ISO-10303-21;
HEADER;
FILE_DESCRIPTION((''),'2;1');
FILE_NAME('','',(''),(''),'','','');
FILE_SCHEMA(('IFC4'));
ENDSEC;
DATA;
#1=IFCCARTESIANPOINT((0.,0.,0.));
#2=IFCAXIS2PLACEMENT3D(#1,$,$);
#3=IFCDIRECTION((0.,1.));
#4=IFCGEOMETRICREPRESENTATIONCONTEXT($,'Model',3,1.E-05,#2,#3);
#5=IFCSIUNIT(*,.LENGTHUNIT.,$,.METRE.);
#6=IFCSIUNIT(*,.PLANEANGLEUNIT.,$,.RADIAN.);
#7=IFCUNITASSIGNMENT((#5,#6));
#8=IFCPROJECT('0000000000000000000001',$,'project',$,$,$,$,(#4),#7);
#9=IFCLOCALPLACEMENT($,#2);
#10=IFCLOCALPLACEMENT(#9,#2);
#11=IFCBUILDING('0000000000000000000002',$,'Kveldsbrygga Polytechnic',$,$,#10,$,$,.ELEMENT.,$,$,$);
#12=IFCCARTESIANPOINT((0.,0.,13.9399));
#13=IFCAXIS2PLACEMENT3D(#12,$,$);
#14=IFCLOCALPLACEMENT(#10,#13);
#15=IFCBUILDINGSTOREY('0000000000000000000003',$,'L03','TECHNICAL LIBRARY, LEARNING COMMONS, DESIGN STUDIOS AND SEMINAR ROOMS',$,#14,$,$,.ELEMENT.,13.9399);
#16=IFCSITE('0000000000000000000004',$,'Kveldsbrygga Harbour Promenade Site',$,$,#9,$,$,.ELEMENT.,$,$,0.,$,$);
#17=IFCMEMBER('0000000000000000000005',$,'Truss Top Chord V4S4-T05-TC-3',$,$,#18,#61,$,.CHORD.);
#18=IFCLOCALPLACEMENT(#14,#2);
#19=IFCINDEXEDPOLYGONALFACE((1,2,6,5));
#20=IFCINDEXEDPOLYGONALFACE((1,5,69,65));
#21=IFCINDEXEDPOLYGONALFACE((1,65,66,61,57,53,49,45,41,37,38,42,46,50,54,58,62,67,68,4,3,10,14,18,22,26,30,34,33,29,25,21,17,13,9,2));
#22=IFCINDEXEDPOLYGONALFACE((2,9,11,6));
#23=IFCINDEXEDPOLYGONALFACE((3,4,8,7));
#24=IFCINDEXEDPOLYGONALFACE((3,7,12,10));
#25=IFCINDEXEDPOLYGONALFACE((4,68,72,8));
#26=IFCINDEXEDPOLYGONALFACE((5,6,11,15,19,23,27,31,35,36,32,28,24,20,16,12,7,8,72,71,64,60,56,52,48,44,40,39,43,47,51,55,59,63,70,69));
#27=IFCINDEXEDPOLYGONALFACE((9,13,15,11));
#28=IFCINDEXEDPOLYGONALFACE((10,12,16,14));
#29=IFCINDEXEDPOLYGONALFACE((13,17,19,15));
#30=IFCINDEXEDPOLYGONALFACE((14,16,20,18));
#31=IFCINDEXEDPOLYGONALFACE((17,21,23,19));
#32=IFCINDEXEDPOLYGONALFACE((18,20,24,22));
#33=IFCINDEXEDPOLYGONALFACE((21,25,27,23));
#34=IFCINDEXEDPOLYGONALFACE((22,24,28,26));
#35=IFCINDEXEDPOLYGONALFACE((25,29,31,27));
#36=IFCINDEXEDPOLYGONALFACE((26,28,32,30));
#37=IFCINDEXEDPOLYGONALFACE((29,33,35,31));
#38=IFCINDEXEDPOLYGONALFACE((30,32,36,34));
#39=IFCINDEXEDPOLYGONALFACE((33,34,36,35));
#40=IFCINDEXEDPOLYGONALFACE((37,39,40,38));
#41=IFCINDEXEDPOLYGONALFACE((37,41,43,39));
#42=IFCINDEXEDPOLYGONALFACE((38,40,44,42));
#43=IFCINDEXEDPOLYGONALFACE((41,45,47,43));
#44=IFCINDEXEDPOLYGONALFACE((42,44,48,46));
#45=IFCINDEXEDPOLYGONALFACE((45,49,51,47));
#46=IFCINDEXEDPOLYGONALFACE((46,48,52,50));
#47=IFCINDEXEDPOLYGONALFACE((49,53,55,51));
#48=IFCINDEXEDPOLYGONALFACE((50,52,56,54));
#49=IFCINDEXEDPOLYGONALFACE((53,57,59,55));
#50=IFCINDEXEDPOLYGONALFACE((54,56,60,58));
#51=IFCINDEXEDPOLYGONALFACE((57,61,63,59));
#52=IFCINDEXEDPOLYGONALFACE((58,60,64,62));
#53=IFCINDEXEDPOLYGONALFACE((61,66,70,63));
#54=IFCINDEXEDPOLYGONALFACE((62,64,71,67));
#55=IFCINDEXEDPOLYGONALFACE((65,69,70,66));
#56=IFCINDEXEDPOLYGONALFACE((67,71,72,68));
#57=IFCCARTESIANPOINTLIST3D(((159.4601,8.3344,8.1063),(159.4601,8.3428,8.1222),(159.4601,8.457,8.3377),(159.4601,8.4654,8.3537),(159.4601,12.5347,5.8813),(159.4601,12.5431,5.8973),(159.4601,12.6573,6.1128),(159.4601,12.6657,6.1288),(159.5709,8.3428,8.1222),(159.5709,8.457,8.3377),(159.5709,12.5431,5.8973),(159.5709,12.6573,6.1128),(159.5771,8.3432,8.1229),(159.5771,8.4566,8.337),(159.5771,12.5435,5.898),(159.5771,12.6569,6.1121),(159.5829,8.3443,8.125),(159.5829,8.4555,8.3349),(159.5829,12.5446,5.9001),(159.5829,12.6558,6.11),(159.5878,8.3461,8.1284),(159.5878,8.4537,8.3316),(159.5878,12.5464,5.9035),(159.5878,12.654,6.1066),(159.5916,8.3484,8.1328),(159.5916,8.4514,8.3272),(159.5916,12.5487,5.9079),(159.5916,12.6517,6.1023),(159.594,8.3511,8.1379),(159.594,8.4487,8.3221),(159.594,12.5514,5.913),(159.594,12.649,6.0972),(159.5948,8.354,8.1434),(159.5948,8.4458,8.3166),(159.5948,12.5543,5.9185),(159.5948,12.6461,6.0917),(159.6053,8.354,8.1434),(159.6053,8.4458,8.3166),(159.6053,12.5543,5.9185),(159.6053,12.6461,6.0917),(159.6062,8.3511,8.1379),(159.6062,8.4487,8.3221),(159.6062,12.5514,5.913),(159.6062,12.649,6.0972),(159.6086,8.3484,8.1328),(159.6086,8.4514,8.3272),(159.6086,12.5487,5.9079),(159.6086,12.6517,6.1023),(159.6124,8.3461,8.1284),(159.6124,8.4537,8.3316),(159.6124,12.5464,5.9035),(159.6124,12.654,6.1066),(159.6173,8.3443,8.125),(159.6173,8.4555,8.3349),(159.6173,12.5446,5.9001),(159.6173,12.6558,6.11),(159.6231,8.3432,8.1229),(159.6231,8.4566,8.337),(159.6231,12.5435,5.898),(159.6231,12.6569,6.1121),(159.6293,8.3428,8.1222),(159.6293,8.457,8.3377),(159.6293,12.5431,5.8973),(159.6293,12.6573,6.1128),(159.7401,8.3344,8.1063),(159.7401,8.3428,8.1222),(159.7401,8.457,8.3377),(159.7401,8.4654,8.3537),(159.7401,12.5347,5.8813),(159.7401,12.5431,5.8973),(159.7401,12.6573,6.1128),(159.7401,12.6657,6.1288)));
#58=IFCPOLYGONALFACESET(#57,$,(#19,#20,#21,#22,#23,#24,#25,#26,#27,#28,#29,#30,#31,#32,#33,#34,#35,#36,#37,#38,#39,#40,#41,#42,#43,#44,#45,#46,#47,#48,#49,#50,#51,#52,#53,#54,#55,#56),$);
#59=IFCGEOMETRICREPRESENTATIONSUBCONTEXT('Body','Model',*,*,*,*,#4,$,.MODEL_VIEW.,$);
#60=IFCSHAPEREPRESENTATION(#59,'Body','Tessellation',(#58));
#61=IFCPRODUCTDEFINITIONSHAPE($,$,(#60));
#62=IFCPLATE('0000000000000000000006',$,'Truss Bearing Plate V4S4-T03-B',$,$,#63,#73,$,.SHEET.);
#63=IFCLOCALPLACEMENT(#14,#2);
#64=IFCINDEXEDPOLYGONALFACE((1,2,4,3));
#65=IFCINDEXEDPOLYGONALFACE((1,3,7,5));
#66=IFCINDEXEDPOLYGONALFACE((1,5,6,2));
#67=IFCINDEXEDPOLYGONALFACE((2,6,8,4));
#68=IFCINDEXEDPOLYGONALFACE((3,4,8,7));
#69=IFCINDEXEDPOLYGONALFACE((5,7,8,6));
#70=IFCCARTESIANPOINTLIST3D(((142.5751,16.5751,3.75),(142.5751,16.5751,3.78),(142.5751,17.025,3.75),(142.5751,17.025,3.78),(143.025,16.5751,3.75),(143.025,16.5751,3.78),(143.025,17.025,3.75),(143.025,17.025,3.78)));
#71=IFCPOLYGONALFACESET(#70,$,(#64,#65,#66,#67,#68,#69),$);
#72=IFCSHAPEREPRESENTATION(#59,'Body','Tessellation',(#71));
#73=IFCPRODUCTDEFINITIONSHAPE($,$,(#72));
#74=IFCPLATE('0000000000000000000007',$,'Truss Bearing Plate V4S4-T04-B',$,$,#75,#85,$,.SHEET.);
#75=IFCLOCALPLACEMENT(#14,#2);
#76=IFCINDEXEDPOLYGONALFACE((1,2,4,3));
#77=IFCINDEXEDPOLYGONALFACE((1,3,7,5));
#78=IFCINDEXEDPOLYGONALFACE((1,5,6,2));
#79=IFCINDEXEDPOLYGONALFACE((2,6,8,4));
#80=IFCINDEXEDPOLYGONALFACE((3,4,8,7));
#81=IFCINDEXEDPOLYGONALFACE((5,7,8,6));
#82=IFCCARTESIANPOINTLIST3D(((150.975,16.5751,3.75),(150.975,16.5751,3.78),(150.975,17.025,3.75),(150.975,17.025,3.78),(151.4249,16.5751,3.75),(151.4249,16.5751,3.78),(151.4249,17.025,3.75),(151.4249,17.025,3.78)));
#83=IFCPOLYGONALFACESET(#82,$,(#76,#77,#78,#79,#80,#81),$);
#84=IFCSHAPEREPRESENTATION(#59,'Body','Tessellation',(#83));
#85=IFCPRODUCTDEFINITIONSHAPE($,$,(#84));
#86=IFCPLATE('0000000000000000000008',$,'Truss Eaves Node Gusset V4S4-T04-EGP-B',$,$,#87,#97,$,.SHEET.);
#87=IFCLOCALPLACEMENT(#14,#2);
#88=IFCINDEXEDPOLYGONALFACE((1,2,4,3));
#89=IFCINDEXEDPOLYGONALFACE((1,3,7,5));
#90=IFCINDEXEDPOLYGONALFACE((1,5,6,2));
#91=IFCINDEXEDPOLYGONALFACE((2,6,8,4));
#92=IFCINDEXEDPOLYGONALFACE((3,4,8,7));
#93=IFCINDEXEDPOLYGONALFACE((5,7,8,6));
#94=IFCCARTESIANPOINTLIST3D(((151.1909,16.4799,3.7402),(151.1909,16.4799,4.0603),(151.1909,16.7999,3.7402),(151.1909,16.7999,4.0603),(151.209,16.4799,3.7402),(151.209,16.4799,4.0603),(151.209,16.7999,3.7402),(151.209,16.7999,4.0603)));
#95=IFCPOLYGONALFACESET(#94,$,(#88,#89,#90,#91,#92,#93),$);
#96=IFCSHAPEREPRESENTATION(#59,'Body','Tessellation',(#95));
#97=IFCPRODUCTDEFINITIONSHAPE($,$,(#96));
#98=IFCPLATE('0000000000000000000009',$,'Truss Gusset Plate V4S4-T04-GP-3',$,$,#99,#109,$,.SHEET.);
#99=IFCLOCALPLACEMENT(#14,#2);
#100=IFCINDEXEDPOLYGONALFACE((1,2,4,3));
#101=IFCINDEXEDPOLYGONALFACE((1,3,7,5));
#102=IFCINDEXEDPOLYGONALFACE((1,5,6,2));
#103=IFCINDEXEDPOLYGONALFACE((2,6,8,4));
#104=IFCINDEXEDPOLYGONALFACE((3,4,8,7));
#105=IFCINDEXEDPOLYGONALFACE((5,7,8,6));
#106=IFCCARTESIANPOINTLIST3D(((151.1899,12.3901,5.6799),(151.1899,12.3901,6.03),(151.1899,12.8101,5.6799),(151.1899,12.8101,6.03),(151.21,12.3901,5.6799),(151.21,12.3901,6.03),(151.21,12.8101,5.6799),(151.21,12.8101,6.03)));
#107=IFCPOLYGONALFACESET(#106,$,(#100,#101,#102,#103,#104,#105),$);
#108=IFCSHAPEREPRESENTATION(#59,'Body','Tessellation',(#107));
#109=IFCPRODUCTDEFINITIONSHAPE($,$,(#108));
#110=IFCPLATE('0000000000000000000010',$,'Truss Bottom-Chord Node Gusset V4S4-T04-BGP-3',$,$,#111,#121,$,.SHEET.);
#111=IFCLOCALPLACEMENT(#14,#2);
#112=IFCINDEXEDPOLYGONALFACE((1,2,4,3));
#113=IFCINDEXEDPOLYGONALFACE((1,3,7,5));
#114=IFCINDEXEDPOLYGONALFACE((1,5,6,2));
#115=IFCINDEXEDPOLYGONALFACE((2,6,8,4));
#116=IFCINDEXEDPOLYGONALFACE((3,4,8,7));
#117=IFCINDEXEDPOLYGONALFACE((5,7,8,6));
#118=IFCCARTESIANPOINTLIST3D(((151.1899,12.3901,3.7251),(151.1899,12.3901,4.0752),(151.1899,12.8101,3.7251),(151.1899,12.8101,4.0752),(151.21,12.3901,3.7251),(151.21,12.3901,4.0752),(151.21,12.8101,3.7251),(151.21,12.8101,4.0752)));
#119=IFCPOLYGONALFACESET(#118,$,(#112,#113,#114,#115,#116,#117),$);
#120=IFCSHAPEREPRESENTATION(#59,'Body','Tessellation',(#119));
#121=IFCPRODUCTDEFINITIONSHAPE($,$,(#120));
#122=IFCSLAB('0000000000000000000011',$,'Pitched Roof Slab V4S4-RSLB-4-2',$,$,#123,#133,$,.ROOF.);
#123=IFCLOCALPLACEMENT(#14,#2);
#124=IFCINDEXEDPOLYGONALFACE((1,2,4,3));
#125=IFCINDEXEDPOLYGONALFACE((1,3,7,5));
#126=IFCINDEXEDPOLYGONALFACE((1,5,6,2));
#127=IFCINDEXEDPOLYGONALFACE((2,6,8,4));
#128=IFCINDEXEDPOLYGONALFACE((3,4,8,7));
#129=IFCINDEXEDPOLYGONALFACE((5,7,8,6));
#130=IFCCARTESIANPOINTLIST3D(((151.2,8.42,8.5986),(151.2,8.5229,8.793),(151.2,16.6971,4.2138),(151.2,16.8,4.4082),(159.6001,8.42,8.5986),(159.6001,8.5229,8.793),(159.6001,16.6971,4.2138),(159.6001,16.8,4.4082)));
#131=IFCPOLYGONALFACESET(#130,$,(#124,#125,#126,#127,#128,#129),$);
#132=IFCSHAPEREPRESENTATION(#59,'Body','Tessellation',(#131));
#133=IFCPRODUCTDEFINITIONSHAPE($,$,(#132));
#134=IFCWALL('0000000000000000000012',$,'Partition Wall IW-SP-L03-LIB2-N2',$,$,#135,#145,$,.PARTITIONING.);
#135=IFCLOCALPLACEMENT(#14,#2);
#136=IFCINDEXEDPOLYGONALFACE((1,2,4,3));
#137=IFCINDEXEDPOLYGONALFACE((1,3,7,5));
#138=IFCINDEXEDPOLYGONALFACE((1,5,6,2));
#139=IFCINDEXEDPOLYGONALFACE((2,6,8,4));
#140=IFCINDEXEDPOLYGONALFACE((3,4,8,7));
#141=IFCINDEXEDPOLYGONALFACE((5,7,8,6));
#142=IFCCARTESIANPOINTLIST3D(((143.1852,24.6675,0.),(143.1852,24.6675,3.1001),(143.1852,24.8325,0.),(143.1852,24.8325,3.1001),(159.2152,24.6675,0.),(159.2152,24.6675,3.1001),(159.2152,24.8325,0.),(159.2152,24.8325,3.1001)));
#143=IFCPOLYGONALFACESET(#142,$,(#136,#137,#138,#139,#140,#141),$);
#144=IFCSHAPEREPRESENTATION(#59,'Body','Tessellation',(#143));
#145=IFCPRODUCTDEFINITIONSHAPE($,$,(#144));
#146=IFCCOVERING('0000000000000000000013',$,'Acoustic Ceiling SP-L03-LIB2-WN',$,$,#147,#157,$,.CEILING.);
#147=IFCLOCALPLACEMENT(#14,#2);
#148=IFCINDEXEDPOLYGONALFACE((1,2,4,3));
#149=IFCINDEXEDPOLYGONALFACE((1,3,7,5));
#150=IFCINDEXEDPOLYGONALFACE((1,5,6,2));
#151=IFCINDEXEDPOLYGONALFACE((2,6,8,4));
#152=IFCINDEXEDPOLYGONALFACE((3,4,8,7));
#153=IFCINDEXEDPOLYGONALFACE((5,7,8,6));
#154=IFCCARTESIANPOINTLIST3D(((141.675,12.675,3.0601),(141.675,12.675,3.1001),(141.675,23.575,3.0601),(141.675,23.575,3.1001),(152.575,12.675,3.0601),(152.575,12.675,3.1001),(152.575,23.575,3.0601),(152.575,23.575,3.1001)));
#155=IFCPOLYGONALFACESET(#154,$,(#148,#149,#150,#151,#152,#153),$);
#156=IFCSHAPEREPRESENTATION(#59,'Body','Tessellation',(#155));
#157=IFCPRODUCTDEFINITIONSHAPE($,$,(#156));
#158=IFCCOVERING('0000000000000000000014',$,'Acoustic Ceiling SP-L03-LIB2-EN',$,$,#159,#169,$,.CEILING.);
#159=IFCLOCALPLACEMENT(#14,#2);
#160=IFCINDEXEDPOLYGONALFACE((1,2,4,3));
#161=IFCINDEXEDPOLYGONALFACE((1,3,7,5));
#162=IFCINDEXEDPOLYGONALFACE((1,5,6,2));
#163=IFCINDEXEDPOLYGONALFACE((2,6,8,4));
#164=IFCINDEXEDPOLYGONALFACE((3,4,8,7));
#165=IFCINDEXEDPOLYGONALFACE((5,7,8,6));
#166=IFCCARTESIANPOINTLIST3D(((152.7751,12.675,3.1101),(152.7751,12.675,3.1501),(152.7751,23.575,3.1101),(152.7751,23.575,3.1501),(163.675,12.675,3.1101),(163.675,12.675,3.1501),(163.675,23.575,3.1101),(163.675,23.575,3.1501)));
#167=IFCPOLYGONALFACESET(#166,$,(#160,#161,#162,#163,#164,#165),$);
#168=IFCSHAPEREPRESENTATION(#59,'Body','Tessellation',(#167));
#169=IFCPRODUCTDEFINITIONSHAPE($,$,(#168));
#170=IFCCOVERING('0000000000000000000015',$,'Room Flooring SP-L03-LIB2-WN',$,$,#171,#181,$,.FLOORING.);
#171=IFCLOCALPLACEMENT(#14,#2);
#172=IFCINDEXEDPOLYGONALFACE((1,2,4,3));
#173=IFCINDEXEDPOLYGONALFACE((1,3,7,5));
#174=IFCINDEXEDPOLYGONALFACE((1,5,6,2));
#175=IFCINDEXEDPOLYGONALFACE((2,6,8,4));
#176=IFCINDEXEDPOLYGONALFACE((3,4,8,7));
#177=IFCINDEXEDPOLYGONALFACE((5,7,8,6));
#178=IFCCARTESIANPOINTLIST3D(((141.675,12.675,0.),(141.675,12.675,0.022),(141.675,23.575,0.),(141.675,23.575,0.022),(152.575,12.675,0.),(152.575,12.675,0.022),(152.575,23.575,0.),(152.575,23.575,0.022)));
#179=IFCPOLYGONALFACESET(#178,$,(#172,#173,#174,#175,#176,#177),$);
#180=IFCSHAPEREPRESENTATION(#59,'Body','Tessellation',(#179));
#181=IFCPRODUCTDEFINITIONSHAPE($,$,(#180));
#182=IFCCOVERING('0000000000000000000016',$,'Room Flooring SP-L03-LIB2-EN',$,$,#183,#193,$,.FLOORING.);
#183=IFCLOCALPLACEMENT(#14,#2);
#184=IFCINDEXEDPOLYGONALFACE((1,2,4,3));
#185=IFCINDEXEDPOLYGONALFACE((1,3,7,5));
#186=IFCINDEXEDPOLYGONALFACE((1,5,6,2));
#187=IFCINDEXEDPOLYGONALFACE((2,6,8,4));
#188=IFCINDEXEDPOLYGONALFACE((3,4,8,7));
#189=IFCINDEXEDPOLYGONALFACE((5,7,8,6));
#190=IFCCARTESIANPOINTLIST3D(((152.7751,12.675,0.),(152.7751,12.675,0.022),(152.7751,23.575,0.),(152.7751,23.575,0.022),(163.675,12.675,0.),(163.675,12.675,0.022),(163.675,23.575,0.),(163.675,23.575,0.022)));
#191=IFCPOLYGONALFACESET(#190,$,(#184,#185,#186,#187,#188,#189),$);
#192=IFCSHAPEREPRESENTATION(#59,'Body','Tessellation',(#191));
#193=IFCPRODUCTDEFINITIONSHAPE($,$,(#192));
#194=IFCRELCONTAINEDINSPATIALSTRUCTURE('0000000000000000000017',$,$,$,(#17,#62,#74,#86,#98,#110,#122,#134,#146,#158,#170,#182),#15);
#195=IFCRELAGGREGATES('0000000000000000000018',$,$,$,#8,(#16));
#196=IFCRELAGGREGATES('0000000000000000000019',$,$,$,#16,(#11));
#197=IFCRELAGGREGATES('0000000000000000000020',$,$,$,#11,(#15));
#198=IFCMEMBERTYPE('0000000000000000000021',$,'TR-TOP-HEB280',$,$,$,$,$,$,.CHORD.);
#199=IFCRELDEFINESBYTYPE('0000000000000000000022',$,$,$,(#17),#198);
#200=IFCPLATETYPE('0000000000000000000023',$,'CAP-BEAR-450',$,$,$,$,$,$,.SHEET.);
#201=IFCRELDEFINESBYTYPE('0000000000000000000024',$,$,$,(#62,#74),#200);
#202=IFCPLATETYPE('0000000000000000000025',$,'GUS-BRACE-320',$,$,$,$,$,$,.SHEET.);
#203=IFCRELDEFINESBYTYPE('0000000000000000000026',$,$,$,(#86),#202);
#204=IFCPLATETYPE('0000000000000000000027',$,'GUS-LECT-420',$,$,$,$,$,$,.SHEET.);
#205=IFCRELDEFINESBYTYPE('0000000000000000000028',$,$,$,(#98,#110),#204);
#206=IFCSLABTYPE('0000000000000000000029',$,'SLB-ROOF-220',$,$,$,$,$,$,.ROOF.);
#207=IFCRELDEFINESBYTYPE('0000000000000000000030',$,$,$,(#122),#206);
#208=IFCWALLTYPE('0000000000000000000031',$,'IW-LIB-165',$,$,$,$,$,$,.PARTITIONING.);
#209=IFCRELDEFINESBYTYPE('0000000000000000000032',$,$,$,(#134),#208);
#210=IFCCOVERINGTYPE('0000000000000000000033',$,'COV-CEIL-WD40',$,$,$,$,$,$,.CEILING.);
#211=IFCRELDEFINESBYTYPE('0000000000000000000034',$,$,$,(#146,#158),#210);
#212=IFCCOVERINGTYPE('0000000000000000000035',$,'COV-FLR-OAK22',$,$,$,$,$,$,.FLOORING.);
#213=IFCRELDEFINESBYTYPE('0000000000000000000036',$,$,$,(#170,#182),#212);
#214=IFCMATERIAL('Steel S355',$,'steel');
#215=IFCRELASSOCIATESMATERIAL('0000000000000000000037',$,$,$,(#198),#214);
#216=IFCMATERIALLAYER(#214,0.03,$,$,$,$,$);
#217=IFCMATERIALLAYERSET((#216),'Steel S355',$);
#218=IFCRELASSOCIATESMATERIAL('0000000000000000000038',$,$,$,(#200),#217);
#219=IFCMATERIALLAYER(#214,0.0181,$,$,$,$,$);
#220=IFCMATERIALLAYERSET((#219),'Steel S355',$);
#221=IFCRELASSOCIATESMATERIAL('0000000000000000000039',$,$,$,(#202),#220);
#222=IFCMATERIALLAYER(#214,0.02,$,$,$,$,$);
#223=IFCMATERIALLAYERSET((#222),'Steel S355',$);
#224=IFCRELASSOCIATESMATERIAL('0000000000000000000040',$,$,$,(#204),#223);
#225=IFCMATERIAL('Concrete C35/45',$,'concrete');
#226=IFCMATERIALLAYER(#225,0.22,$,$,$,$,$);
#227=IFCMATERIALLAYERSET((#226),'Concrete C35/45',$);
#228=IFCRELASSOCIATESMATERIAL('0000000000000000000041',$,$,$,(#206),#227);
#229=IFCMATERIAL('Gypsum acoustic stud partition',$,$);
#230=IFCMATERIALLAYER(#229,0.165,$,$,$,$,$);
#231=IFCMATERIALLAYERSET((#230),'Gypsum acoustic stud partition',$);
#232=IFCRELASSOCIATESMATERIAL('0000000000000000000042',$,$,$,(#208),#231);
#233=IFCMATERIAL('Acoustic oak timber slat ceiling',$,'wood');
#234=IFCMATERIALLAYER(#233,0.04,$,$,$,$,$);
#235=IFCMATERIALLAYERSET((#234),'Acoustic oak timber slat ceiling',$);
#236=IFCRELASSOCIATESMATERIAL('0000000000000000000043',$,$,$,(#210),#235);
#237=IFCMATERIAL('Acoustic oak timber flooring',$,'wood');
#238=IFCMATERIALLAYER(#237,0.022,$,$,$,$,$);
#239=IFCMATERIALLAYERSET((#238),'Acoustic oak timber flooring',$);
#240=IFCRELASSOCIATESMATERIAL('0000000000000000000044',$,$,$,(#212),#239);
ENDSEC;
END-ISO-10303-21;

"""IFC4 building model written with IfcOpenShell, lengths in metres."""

from ifc_helpers import new_model, si_unit, direction, frame, frame_2d, origin, origin_2d, place, context, subcontext, project, spatial, polyline, rectangle, i_section, outline, extrude, material, layer, layer_set, material_profile, profile_set, type_object, element, save


model = new_model("IFC4")

# Units and contexts
model_context = context("Model", 3, precision=1e-05, world=origin(), true_north=direction((0.0, 1.0)))
body_context = subcontext(model_context, "Body", "Model", "MODEL_VIEW")
ifc_project = project(units=[si_unit("LENGTHUNIT", "METRE"), si_unit("PLANEANGLEUNIT", "RADIAN")], contexts=[model_context])

# Site, building, storey
site_placement = place(None, origin())
site = spatial("IfcSite", under=ifc_project, at=site_placement, Name="Kveldsbrygga Harbour Promenade Site", CompositionType="ELEMENT", RefElevation=0.0)
building_placement = place(site_placement, origin())
building = spatial("IfcBuilding", under=site, at=building_placement, Name="Kveldsbrygga Polytechnic", CompositionType="ELEMENT")
storey_placement = place(building_placement, frame((0.0, 0.0, 13.9399)))
storey = spatial("IfcBuildingStorey", under=building, at=storey_placement, Name="L03", Description="TECHNICAL LIBRARY, LEARNING COMMONS, DESIGN STUDIOS AND SEMINAR ROOMS", CompositionType="ELEMENT", Elevation=13.9399)

# Shared definitions
ifc_material_1 = material(Name="Concrete C35/45", Category="concrete")

# Member
ifc_material_2 = material(Name="Steel S355", Category="steel")
ifc_material_profile_1 = material_profile(ifc_material_2, i_section(OverallWidth=0.28, OverallDepth=0.28, WebThickness=0.0105, FlangeThickness=0.0181, FilletRadius=0.0239, at=origin_2d()), Name="HEB 280")
ifc_profile_set_1 = profile_set([ifc_material_profile_1], Name="Steel S355")
member_type_1 = type_object("IfcMemberType", Name="TR-TOP-HEB280", PredefinedType="CHORD", material=ifc_profile_set_1)
member_1_placement = place(storey_placement, frame((159.6001, 8.3999, 8.23), z_axis=(0.0, 0.883682, -0.468088), x_axis=(-1.0, 0.0, 0.0)))
element("IfcMember", 1, at=member_1_placement, inside=storey, type_object=member_type_1, Name="Truss Top Chord V4S4-T05-TC-3", PredefinedType="CHORD", context=body_context, shape_type="SweptSolid", body=[
    extrude(i_section(OverallWidth=0.28, OverallDepth=0.28, WebThickness=0.0105, FlangeThickness=0.0181, FilletRadius=0.0239, at=origin_2d()), origin(), (0.0, 0.0, 1.0), 4.7532),
])

# Plates
ifc_layer_1 = layer(ifc_material_2, 0.03)
ifc_layer_set_1 = layer_set([ifc_layer_1], Name="Steel S355")
plate_type_1 = type_object("IfcPlateType", Name="CAP-BEAR-450", PredefinedType="SHEET", material=ifc_layer_set_1)
for number, where, z_axis, x_axis, name in (
    (2, (142.8, 16.8, 3.75), (0.0, 0.0, 1.0), (1.0, 0.0, 0.0), "Truss Bearing Plate V4S4-T03-B"),
    (3, (151.2, 16.8, 3.75), (0.0, 0.0, 1.0), (1.0, 0.0, 0.0), "Truss Bearing Plate V4S4-T04-B"),
):
    element("IfcPlate", number, at=place(storey_placement, frame(where, z_axis=z_axis, x_axis=x_axis)), inside=storey, type_object=plate_type_1, Name=name, PredefinedType="SHEET", context=body_context, shape_type="SweptSolid", body=[
        extrude(rectangle(XDim=0.45, YDim=0.45, at=origin_2d()), origin(), (0.0, 0.0, 1.0), 0.03),
    ])
ifc_layer_2 = layer(ifc_material_2, 0.0181)
ifc_layer_set_2 = layer_set([ifc_layer_2], Name="Steel S355")
plate_type_2 = type_object("IfcPlateType", Name="GUS-BRACE-320", PredefinedType="SHEET", material=ifc_layer_set_2)
plate_placement = place(storey_placement, frame((151.2, 16.6399, 3.7402), z_axis=(0.0, 0.0, 1.0), x_axis=(1.0, 0.0, 0.0)))
element("IfcPlate", 4, at=plate_placement, inside=storey, type_object=plate_type_2, Name="Truss Eaves Node Gusset V4S4-T04-EGP-B", PredefinedType="SHEET", context=body_context, shape_type="SweptSolid", body=[
    extrude(rectangle(XDim=0.0181, YDim=0.3201, at=origin_2d()), origin(), (0.0, 0.0, 1.0), 0.3201),
])
ifc_layer_3 = layer(ifc_material_2, 0.02)
ifc_layer_set_3 = layer_set([ifc_layer_3], Name="Steel S355")
plate_type_3 = type_object("IfcPlateType", Name="GUS-LECT-420", PredefinedType="SHEET", material=ifc_layer_set_3)
for number, where, z_axis, x_axis, name in (
    (5, (151.2, 12.6001, 5.6799), (0.0, 0.0, 1.0), (1.0, 0.0, 0.0), "Truss Gusset Plate V4S4-T04-GP-3"),
    (6, (151.2, 12.6001, 3.7251), (0.0, 0.0, 1.0), (1.0, 0.0, 0.0), "Truss Bottom-Chord Node Gusset V4S4-T04-BGP-3"),
):
    element("IfcPlate", number, at=place(storey_placement, frame(where, z_axis=z_axis, x_axis=x_axis)), inside=storey, type_object=plate_type_3, Name=name, PredefinedType="SHEET", context=body_context, shape_type="SweptSolid", body=[
        extrude(rectangle(XDim=0.02, YDim=0.4199, at=origin_2d()), origin(), (0.0, 0.0, 1.0), 0.3501),
    ])

# Slab
ifc_layer_4 = layer(ifc_material_1, 0.22)
ifc_layer_set_4 = layer_set([ifc_layer_4], Name="Concrete C35/45")
slab_type = type_object("IfcSlabType", Name="SLB-ROOF-220", PredefinedType="ROOF", material=ifc_layer_set_4)
slab_placement = place(storey_placement, frame((151.2, 8.5229, 8.793), z_axis=(0.0, 0.468119, 0.883666), x_axis=(1.0, 0.0, 0.0)))
element("IfcSlab", 7, at=slab_placement, inside=storey, type_object=slab_type, Name="Pitched Roof Slab V4S4-RSLB-4-2", PredefinedType="ROOF", context=body_context, shape_type="SweptSolid", body=[
    extrude(outline(polyline([(0.0, 0.0), (8.4001, 0.0), (8.4001, 9.3668), (0.0, 9.3668), (0.0, 0.0)])), origin(), (0.0, 0.0, -1.0), 0.22),
])

# Wall
ifc_material_3 = material(Name="Gypsum acoustic stud partition")
ifc_layer_5 = layer(ifc_material_3, 0.165)
ifc_layer_set_5 = layer_set([ifc_layer_5], Name="Gypsum acoustic stud partition")
wall_type = type_object("IfcWallType", Name="IW-LIB-165", PredefinedType="PARTITIONING", material=ifc_layer_set_5)
wall_placement = place(storey_placement, frame((143.1851, 24.75, 0.0), z_axis=(0.0, 0.0, 1.0), x_axis=(1.0, 0.0, 0.0)))
element("IfcWall", 8, at=wall_placement, inside=storey, type_object=wall_type, Name="Partition Wall IW-SP-L03-LIB2-N2", PredefinedType="PARTITIONING", context=body_context, shape_type="SweptSolid", body=[
    extrude(rectangle(XDim=16.03, YDim=0.165, at=frame_2d((8.0151, 0.0))), origin(), (0.0, 0.0, 1.0), 3.1001),
])

# Coverings
ifc_material_4 = material(Name="Acoustic oak timber slat ceiling", Category="wood")
ifc_layer_6 = layer(ifc_material_4, 0.04)
ifc_layer_set_6 = layer_set([ifc_layer_6], Name="Acoustic oak timber slat ceiling")
covering_type_1 = type_object("IfcCoveringType", Name="COV-CEIL-WD40", PredefinedType="CEILING", material=ifc_layer_set_6)
for number, where, z_axis, x_axis, name in (
    (9, (147.125, 18.125, 3.0601), (0.0, 0.0, 1.0), (1.0, 0.0, 0.0), "Acoustic Ceiling SP-L03-LIB2-WN"),
    (10, (158.2251, 18.125, 3.1101), (0.0, 0.0, 1.0), (1.0, 0.0, 0.0), "Acoustic Ceiling SP-L03-LIB2-EN"),
):
    element("IfcCovering", number, at=place(storey_placement, frame(where, z_axis=z_axis, x_axis=x_axis)), inside=storey, type_object=covering_type_1, Name=name, PredefinedType="CEILING", context=body_context, shape_type="SweptSolid", body=[
        extrude(rectangle(XDim=10.8999, YDim=10.8999, at=origin_2d()), origin(), (0.0, 0.0, 1.0), 0.04),
    ])
ifc_material_5 = material(Name="Acoustic oak timber flooring", Category="wood")
ifc_layer_7 = layer(ifc_material_5, 0.022)
ifc_layer_set_7 = layer_set([ifc_layer_7], Name="Acoustic oak timber flooring")
covering_type_2 = type_object("IfcCoveringType", Name="COV-FLR-OAK22", PredefinedType="FLOORING", material=ifc_layer_set_7)
for number, where, z_axis, x_axis, name in (
    (11, (147.125, 18.125, 0.0), (0.0, 0.0, 1.0), (1.0, 0.0, 0.0), "Room Flooring SP-L03-LIB2-WN"),
    (12, (158.2251, 18.125, 0.0), (0.0, 0.0, 1.0), (1.0, 0.0, 0.0), "Room Flooring SP-L03-LIB2-EN"),
):
    element("IfcCovering", number, at=place(storey_placement, frame(where, z_axis=z_axis, x_axis=x_axis)), inside=storey, type_object=covering_type_2, Name=name, PredefinedType="FLOORING", context=body_context, shape_type="SweptSolid", body=[
        extrude(rectangle(XDim=10.8999, YDim=10.8999, at=origin_2d()), origin(), (0.0, 0.0, 1.0), 0.022),
    ])

save(model, "model.ifc")
